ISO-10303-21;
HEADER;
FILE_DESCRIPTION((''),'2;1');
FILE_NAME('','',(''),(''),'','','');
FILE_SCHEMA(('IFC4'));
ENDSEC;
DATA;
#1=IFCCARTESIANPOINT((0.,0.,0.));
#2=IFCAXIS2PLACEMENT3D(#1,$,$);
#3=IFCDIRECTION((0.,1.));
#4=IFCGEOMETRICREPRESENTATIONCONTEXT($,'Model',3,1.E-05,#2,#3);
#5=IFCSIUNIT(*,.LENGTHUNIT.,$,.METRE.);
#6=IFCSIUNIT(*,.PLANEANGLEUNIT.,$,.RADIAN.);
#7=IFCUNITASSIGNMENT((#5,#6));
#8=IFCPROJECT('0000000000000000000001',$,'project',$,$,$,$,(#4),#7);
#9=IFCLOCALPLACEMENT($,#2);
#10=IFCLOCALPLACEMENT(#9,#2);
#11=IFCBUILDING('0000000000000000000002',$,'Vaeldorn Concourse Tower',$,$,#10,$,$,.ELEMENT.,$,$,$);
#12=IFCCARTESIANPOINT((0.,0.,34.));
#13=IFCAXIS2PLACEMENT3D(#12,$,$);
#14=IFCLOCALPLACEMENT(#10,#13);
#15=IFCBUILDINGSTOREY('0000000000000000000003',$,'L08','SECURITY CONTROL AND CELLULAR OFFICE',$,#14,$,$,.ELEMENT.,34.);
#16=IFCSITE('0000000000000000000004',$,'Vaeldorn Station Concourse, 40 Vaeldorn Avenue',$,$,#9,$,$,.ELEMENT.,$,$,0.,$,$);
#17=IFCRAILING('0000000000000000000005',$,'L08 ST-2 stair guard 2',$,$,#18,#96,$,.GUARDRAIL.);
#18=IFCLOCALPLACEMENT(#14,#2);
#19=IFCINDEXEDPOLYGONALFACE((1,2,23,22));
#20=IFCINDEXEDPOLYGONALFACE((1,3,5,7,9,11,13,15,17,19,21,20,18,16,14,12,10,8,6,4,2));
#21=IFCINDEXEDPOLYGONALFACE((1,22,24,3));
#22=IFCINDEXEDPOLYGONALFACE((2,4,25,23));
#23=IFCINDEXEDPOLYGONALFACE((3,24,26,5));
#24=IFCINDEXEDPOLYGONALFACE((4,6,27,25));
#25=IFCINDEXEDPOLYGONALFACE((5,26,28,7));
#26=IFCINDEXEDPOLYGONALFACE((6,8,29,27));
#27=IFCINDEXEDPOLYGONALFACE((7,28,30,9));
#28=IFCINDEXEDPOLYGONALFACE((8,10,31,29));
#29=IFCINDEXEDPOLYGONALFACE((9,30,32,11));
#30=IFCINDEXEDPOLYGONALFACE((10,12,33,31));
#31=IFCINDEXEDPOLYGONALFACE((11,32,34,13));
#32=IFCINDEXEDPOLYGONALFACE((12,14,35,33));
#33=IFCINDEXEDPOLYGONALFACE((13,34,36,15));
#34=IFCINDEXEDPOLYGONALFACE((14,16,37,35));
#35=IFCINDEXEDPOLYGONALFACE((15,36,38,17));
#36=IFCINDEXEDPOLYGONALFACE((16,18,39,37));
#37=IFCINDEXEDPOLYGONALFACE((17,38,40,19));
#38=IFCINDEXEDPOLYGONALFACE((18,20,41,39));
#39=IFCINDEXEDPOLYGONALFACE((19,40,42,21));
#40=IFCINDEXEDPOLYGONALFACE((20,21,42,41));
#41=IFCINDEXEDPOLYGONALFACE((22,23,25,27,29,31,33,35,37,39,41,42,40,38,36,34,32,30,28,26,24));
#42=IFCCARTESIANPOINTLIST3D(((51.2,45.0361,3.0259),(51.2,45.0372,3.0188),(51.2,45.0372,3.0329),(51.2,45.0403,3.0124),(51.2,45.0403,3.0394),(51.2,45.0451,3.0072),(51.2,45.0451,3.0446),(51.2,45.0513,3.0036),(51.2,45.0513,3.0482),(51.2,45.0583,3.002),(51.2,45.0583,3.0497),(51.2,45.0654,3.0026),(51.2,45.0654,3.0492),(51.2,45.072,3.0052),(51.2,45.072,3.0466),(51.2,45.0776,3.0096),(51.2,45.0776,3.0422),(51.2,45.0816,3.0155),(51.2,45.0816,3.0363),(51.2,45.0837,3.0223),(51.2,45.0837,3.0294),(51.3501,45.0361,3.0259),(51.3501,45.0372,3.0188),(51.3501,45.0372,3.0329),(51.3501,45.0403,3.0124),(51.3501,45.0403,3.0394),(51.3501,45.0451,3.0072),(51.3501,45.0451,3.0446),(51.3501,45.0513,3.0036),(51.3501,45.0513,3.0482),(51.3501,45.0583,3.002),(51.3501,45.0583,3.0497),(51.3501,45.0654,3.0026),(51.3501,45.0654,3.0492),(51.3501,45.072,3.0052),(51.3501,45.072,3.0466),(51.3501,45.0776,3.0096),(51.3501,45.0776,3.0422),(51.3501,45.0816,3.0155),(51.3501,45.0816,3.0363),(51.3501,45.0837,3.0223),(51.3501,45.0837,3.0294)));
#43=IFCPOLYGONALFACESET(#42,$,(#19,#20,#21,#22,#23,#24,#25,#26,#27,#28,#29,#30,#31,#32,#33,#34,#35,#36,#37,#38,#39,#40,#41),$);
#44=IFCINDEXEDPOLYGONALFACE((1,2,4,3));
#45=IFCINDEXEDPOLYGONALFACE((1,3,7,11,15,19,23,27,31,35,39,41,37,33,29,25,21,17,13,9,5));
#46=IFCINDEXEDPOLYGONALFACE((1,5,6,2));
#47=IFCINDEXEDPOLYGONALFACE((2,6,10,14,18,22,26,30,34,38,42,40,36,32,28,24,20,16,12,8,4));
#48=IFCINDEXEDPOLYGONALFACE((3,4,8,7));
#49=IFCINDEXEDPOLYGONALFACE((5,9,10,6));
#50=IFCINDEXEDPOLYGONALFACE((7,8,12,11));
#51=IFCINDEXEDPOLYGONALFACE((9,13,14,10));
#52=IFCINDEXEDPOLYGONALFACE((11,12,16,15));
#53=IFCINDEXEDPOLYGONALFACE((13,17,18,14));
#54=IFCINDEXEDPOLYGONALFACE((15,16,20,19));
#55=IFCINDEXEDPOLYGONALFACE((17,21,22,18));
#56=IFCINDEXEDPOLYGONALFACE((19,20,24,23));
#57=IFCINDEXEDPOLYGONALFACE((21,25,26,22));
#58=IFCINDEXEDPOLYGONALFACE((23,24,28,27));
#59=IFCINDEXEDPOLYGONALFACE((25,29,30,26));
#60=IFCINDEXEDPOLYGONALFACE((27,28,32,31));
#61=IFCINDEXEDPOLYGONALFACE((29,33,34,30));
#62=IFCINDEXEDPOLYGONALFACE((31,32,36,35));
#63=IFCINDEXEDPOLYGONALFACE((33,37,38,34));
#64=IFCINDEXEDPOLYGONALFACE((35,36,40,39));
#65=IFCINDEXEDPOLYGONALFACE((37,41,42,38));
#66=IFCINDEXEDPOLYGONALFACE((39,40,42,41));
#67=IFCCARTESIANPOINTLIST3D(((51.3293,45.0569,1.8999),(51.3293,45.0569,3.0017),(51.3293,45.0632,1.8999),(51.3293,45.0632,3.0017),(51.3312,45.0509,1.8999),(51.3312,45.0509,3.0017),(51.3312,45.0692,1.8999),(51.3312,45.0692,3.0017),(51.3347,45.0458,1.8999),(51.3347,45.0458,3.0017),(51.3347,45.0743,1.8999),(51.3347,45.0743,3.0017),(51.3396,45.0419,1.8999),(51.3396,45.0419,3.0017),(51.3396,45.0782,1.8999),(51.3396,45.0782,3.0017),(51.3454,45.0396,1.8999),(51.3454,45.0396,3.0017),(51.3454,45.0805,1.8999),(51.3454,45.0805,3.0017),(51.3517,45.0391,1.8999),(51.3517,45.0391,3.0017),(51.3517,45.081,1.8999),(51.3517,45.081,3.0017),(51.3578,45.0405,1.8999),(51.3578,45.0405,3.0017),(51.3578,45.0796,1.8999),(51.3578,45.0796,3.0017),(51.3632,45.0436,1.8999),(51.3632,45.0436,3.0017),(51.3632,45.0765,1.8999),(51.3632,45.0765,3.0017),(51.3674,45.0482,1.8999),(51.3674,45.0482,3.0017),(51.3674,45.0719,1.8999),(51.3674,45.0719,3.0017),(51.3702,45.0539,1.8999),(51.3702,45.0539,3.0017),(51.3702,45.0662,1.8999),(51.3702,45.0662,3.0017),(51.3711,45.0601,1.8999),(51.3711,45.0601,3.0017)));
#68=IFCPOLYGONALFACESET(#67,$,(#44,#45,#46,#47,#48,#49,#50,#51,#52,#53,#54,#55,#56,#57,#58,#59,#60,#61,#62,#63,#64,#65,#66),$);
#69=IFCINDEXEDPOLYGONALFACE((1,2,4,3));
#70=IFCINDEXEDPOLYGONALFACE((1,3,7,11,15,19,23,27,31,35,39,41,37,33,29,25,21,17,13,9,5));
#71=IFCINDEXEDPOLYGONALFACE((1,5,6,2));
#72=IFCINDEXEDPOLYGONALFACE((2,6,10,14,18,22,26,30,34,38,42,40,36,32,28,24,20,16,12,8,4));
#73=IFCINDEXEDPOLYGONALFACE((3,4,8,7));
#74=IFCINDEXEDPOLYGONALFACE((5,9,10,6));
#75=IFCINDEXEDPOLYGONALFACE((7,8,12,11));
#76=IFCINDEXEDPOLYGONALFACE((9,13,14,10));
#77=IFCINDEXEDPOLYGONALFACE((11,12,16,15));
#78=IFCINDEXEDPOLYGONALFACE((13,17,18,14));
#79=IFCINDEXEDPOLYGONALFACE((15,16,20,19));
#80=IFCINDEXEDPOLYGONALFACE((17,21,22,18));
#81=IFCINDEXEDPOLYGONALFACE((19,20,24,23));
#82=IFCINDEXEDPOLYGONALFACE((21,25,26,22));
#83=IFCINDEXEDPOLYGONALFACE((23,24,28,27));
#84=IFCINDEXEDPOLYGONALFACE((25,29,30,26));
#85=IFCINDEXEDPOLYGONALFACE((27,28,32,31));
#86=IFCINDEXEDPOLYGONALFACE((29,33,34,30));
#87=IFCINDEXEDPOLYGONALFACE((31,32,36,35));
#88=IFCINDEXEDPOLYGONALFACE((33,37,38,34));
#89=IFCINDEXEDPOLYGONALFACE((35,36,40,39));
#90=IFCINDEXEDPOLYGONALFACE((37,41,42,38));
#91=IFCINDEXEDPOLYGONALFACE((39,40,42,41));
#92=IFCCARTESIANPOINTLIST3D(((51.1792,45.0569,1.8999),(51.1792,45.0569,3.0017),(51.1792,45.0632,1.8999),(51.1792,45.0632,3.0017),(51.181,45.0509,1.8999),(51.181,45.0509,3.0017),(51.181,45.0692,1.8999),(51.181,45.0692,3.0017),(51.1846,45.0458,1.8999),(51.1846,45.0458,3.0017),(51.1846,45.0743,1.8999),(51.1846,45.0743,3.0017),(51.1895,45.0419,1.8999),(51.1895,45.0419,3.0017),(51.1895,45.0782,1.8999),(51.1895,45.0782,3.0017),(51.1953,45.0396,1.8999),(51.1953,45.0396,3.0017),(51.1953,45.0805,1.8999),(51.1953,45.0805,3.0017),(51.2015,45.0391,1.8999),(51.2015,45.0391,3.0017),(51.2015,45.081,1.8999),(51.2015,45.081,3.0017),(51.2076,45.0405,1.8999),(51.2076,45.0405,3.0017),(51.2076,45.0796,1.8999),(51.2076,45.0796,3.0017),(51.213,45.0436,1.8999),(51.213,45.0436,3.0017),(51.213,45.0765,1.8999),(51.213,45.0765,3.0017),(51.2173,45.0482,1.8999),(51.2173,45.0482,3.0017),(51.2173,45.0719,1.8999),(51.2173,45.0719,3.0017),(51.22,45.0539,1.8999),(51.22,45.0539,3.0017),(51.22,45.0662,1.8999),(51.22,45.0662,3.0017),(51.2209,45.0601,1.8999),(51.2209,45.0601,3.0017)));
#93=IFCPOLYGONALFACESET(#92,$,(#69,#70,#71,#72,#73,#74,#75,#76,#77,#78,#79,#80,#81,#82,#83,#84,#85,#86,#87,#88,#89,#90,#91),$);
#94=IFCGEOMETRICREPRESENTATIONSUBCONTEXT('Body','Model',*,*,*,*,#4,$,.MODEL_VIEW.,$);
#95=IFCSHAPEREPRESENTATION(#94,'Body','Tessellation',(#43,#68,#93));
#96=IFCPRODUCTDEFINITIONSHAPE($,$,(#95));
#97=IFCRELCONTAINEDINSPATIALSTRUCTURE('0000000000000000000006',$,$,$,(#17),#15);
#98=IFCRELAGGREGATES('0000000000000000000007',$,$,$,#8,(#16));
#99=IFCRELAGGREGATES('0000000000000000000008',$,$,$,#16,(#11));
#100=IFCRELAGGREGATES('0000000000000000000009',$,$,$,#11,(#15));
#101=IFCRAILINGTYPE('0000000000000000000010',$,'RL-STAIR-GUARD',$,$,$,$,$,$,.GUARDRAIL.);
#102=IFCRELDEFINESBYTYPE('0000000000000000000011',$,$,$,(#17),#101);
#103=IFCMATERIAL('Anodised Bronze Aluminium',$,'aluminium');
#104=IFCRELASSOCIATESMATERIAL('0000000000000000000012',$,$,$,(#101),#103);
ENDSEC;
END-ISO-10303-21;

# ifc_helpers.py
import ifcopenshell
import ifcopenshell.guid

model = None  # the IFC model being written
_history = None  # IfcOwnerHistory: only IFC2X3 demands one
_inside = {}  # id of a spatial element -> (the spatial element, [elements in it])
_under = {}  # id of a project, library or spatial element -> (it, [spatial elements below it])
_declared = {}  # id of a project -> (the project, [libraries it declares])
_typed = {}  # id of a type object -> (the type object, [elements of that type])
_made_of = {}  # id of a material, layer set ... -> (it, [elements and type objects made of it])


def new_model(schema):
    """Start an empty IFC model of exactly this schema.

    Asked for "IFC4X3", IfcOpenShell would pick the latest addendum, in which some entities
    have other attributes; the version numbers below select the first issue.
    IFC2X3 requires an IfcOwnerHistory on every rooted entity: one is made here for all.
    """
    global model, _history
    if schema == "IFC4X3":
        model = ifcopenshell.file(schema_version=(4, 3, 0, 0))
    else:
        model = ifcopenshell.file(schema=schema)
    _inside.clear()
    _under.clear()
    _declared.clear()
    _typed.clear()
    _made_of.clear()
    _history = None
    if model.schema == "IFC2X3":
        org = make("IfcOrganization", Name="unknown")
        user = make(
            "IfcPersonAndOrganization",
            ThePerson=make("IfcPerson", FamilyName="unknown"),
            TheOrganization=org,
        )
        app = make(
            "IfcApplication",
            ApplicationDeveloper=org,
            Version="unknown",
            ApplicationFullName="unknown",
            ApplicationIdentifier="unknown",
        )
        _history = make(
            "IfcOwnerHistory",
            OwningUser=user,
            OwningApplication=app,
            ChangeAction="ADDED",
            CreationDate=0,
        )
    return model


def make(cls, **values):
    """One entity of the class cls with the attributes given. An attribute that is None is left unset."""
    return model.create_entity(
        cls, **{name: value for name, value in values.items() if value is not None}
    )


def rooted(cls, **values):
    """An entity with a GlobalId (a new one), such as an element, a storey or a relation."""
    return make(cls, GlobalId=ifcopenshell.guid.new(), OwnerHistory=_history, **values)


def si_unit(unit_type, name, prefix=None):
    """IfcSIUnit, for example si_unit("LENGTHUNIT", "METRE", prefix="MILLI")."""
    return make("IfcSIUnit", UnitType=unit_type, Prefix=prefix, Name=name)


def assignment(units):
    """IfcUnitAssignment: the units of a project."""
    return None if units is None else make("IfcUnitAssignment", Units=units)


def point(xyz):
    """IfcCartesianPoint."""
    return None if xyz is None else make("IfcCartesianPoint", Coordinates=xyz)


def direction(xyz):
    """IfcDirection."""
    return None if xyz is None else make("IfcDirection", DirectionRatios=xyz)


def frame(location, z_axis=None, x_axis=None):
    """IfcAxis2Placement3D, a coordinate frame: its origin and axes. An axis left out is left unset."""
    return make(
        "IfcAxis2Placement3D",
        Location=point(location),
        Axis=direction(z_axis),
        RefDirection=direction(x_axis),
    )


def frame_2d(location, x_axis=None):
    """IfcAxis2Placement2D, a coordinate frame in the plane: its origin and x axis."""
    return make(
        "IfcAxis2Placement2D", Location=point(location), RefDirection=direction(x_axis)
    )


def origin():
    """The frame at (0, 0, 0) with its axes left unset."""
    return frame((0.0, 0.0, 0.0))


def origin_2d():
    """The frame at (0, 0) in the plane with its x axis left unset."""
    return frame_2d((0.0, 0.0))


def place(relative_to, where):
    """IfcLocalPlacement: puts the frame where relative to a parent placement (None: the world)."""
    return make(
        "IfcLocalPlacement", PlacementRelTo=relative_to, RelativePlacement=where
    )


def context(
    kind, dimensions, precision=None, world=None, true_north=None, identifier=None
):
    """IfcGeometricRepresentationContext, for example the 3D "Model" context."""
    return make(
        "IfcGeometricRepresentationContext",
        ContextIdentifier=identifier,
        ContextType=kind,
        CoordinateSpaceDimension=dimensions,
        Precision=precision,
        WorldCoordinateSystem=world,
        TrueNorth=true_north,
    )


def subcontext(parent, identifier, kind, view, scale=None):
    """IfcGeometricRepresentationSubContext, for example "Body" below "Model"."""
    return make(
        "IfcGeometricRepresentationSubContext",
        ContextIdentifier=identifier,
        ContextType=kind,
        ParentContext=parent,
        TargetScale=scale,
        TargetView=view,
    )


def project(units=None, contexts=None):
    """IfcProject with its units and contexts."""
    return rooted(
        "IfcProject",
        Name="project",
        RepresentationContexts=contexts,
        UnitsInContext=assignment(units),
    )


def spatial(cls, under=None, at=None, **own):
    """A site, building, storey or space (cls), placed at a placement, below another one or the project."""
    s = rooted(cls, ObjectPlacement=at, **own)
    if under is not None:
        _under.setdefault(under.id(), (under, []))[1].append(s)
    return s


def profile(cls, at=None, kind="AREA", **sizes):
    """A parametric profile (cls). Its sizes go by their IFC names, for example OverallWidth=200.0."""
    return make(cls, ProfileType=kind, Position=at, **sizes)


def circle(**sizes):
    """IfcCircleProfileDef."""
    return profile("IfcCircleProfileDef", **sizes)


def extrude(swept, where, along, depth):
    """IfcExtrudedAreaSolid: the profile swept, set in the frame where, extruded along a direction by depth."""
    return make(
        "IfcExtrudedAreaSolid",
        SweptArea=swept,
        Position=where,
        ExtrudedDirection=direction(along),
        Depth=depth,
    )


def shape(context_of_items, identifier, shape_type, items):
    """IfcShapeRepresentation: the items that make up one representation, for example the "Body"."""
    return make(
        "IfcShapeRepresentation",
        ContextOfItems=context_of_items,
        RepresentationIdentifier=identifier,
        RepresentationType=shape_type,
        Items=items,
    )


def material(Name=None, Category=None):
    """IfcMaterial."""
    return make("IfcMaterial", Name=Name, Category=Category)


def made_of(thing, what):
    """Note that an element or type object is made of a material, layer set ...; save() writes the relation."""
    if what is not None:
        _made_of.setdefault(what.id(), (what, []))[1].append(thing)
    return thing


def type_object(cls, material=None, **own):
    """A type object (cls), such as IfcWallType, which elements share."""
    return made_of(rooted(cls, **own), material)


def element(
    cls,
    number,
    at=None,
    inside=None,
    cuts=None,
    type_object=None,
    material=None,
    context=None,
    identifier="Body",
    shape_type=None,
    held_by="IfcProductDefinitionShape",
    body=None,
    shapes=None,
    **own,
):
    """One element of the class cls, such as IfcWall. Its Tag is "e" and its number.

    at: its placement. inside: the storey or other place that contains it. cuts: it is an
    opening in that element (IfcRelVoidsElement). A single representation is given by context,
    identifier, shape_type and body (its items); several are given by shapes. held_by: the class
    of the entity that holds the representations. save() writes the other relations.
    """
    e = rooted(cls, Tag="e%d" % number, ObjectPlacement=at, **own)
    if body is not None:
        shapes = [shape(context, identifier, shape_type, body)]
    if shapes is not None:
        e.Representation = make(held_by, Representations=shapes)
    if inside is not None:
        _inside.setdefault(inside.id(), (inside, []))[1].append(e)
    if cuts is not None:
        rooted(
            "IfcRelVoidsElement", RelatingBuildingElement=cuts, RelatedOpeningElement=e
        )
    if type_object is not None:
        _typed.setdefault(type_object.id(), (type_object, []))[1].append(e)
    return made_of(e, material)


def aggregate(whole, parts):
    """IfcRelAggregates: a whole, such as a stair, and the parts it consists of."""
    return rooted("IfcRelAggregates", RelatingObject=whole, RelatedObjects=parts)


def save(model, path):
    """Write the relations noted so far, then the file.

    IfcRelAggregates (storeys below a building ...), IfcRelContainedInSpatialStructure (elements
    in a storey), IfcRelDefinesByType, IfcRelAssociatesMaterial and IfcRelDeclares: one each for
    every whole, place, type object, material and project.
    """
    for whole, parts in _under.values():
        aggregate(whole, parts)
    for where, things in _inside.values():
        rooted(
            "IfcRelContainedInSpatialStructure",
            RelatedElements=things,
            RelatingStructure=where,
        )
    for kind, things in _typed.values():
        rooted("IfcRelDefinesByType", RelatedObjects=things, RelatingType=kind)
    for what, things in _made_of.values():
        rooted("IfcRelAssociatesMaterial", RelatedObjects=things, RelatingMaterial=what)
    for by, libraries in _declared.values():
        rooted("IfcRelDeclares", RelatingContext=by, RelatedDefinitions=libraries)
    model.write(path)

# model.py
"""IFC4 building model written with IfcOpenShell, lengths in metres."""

from ifc_helpers import new_model, si_unit, direction, frame, origin, origin_2d, place, context, subcontext, project, spatial, circle, extrude, material, type_object, element, save


model = new_model("IFC4")

# Units and contexts
model_context = context("Model", 3, precision=1e-05, world=origin(), true_north=direction((0.0, 1.0)))
body_context = subcontext(model_context, "Body", "Model", "MODEL_VIEW")
ifc_project = project(units=[si_unit("LENGTHUNIT", "METRE"), si_unit("PLANEANGLEUNIT", "RADIAN")], contexts=[model_context])

# Site, building, storey
site_placement = place(None, origin())
site = spatial("IfcSite", under=ifc_project, at=site_placement, Name="Vaeldorn Station Concourse, 40 Vaeldorn Avenue", CompositionType="ELEMENT", RefElevation=0.0)
building_placement = place(site_placement, origin())
building = spatial("IfcBuilding", under=site, at=building_placement, Name="Vaeldorn Concourse Tower", CompositionType="ELEMENT")
storey_placement = place(building_placement, frame((0.0, 0.0, 34.0)))
storey = spatial("IfcBuildingStorey", under=building, at=storey_placement, Name="L08", Description="SECURITY CONTROL AND CELLULAR OFFICE", CompositionType="ELEMENT", Elevation=34.0)

# Shared definitions
ifc_material_1 = material(Name="Anodised Bronze Aluminium", Category="aluminium")

# Railing
railing_type_1 = type_object("IfcRailingType", Name="RL-STAIR-GUARD", PredefinedType="GUARDRAIL", material=ifc_material_1)
railing_1_placement = place(storey_placement, frame((51.3501, 45.0601, 1.8999)))
element("IfcRailing", 1, at=railing_1_placement, inside=storey, type_object=railing_type_1, Name="L08 ST-2 stair guard 2", PredefinedType="GUARDRAIL", context=body_context, shape_type="SweptSolid", body=[
    extrude(circle(Radius=0.0239, at=origin_2d()), frame((0.0, 0.0, 1.126), z_axis=(-1.0, 0.0, 0.0), x_axis=(0.0, -1.0, 0.0)), (0.0, 0.0, 1.0), 0.1501),
    extrude(circle(Radius=0.021, at=origin_2d()), origin(), (0.0, 0.0, 1.0), 1.1018),
    extrude(circle(Radius=0.021, at=origin_2d()), frame((-0.1501, 0.0, 0.0)), (0.0, 0.0, 1.0), 1.1018),
])

save(model, "model.ifc")
